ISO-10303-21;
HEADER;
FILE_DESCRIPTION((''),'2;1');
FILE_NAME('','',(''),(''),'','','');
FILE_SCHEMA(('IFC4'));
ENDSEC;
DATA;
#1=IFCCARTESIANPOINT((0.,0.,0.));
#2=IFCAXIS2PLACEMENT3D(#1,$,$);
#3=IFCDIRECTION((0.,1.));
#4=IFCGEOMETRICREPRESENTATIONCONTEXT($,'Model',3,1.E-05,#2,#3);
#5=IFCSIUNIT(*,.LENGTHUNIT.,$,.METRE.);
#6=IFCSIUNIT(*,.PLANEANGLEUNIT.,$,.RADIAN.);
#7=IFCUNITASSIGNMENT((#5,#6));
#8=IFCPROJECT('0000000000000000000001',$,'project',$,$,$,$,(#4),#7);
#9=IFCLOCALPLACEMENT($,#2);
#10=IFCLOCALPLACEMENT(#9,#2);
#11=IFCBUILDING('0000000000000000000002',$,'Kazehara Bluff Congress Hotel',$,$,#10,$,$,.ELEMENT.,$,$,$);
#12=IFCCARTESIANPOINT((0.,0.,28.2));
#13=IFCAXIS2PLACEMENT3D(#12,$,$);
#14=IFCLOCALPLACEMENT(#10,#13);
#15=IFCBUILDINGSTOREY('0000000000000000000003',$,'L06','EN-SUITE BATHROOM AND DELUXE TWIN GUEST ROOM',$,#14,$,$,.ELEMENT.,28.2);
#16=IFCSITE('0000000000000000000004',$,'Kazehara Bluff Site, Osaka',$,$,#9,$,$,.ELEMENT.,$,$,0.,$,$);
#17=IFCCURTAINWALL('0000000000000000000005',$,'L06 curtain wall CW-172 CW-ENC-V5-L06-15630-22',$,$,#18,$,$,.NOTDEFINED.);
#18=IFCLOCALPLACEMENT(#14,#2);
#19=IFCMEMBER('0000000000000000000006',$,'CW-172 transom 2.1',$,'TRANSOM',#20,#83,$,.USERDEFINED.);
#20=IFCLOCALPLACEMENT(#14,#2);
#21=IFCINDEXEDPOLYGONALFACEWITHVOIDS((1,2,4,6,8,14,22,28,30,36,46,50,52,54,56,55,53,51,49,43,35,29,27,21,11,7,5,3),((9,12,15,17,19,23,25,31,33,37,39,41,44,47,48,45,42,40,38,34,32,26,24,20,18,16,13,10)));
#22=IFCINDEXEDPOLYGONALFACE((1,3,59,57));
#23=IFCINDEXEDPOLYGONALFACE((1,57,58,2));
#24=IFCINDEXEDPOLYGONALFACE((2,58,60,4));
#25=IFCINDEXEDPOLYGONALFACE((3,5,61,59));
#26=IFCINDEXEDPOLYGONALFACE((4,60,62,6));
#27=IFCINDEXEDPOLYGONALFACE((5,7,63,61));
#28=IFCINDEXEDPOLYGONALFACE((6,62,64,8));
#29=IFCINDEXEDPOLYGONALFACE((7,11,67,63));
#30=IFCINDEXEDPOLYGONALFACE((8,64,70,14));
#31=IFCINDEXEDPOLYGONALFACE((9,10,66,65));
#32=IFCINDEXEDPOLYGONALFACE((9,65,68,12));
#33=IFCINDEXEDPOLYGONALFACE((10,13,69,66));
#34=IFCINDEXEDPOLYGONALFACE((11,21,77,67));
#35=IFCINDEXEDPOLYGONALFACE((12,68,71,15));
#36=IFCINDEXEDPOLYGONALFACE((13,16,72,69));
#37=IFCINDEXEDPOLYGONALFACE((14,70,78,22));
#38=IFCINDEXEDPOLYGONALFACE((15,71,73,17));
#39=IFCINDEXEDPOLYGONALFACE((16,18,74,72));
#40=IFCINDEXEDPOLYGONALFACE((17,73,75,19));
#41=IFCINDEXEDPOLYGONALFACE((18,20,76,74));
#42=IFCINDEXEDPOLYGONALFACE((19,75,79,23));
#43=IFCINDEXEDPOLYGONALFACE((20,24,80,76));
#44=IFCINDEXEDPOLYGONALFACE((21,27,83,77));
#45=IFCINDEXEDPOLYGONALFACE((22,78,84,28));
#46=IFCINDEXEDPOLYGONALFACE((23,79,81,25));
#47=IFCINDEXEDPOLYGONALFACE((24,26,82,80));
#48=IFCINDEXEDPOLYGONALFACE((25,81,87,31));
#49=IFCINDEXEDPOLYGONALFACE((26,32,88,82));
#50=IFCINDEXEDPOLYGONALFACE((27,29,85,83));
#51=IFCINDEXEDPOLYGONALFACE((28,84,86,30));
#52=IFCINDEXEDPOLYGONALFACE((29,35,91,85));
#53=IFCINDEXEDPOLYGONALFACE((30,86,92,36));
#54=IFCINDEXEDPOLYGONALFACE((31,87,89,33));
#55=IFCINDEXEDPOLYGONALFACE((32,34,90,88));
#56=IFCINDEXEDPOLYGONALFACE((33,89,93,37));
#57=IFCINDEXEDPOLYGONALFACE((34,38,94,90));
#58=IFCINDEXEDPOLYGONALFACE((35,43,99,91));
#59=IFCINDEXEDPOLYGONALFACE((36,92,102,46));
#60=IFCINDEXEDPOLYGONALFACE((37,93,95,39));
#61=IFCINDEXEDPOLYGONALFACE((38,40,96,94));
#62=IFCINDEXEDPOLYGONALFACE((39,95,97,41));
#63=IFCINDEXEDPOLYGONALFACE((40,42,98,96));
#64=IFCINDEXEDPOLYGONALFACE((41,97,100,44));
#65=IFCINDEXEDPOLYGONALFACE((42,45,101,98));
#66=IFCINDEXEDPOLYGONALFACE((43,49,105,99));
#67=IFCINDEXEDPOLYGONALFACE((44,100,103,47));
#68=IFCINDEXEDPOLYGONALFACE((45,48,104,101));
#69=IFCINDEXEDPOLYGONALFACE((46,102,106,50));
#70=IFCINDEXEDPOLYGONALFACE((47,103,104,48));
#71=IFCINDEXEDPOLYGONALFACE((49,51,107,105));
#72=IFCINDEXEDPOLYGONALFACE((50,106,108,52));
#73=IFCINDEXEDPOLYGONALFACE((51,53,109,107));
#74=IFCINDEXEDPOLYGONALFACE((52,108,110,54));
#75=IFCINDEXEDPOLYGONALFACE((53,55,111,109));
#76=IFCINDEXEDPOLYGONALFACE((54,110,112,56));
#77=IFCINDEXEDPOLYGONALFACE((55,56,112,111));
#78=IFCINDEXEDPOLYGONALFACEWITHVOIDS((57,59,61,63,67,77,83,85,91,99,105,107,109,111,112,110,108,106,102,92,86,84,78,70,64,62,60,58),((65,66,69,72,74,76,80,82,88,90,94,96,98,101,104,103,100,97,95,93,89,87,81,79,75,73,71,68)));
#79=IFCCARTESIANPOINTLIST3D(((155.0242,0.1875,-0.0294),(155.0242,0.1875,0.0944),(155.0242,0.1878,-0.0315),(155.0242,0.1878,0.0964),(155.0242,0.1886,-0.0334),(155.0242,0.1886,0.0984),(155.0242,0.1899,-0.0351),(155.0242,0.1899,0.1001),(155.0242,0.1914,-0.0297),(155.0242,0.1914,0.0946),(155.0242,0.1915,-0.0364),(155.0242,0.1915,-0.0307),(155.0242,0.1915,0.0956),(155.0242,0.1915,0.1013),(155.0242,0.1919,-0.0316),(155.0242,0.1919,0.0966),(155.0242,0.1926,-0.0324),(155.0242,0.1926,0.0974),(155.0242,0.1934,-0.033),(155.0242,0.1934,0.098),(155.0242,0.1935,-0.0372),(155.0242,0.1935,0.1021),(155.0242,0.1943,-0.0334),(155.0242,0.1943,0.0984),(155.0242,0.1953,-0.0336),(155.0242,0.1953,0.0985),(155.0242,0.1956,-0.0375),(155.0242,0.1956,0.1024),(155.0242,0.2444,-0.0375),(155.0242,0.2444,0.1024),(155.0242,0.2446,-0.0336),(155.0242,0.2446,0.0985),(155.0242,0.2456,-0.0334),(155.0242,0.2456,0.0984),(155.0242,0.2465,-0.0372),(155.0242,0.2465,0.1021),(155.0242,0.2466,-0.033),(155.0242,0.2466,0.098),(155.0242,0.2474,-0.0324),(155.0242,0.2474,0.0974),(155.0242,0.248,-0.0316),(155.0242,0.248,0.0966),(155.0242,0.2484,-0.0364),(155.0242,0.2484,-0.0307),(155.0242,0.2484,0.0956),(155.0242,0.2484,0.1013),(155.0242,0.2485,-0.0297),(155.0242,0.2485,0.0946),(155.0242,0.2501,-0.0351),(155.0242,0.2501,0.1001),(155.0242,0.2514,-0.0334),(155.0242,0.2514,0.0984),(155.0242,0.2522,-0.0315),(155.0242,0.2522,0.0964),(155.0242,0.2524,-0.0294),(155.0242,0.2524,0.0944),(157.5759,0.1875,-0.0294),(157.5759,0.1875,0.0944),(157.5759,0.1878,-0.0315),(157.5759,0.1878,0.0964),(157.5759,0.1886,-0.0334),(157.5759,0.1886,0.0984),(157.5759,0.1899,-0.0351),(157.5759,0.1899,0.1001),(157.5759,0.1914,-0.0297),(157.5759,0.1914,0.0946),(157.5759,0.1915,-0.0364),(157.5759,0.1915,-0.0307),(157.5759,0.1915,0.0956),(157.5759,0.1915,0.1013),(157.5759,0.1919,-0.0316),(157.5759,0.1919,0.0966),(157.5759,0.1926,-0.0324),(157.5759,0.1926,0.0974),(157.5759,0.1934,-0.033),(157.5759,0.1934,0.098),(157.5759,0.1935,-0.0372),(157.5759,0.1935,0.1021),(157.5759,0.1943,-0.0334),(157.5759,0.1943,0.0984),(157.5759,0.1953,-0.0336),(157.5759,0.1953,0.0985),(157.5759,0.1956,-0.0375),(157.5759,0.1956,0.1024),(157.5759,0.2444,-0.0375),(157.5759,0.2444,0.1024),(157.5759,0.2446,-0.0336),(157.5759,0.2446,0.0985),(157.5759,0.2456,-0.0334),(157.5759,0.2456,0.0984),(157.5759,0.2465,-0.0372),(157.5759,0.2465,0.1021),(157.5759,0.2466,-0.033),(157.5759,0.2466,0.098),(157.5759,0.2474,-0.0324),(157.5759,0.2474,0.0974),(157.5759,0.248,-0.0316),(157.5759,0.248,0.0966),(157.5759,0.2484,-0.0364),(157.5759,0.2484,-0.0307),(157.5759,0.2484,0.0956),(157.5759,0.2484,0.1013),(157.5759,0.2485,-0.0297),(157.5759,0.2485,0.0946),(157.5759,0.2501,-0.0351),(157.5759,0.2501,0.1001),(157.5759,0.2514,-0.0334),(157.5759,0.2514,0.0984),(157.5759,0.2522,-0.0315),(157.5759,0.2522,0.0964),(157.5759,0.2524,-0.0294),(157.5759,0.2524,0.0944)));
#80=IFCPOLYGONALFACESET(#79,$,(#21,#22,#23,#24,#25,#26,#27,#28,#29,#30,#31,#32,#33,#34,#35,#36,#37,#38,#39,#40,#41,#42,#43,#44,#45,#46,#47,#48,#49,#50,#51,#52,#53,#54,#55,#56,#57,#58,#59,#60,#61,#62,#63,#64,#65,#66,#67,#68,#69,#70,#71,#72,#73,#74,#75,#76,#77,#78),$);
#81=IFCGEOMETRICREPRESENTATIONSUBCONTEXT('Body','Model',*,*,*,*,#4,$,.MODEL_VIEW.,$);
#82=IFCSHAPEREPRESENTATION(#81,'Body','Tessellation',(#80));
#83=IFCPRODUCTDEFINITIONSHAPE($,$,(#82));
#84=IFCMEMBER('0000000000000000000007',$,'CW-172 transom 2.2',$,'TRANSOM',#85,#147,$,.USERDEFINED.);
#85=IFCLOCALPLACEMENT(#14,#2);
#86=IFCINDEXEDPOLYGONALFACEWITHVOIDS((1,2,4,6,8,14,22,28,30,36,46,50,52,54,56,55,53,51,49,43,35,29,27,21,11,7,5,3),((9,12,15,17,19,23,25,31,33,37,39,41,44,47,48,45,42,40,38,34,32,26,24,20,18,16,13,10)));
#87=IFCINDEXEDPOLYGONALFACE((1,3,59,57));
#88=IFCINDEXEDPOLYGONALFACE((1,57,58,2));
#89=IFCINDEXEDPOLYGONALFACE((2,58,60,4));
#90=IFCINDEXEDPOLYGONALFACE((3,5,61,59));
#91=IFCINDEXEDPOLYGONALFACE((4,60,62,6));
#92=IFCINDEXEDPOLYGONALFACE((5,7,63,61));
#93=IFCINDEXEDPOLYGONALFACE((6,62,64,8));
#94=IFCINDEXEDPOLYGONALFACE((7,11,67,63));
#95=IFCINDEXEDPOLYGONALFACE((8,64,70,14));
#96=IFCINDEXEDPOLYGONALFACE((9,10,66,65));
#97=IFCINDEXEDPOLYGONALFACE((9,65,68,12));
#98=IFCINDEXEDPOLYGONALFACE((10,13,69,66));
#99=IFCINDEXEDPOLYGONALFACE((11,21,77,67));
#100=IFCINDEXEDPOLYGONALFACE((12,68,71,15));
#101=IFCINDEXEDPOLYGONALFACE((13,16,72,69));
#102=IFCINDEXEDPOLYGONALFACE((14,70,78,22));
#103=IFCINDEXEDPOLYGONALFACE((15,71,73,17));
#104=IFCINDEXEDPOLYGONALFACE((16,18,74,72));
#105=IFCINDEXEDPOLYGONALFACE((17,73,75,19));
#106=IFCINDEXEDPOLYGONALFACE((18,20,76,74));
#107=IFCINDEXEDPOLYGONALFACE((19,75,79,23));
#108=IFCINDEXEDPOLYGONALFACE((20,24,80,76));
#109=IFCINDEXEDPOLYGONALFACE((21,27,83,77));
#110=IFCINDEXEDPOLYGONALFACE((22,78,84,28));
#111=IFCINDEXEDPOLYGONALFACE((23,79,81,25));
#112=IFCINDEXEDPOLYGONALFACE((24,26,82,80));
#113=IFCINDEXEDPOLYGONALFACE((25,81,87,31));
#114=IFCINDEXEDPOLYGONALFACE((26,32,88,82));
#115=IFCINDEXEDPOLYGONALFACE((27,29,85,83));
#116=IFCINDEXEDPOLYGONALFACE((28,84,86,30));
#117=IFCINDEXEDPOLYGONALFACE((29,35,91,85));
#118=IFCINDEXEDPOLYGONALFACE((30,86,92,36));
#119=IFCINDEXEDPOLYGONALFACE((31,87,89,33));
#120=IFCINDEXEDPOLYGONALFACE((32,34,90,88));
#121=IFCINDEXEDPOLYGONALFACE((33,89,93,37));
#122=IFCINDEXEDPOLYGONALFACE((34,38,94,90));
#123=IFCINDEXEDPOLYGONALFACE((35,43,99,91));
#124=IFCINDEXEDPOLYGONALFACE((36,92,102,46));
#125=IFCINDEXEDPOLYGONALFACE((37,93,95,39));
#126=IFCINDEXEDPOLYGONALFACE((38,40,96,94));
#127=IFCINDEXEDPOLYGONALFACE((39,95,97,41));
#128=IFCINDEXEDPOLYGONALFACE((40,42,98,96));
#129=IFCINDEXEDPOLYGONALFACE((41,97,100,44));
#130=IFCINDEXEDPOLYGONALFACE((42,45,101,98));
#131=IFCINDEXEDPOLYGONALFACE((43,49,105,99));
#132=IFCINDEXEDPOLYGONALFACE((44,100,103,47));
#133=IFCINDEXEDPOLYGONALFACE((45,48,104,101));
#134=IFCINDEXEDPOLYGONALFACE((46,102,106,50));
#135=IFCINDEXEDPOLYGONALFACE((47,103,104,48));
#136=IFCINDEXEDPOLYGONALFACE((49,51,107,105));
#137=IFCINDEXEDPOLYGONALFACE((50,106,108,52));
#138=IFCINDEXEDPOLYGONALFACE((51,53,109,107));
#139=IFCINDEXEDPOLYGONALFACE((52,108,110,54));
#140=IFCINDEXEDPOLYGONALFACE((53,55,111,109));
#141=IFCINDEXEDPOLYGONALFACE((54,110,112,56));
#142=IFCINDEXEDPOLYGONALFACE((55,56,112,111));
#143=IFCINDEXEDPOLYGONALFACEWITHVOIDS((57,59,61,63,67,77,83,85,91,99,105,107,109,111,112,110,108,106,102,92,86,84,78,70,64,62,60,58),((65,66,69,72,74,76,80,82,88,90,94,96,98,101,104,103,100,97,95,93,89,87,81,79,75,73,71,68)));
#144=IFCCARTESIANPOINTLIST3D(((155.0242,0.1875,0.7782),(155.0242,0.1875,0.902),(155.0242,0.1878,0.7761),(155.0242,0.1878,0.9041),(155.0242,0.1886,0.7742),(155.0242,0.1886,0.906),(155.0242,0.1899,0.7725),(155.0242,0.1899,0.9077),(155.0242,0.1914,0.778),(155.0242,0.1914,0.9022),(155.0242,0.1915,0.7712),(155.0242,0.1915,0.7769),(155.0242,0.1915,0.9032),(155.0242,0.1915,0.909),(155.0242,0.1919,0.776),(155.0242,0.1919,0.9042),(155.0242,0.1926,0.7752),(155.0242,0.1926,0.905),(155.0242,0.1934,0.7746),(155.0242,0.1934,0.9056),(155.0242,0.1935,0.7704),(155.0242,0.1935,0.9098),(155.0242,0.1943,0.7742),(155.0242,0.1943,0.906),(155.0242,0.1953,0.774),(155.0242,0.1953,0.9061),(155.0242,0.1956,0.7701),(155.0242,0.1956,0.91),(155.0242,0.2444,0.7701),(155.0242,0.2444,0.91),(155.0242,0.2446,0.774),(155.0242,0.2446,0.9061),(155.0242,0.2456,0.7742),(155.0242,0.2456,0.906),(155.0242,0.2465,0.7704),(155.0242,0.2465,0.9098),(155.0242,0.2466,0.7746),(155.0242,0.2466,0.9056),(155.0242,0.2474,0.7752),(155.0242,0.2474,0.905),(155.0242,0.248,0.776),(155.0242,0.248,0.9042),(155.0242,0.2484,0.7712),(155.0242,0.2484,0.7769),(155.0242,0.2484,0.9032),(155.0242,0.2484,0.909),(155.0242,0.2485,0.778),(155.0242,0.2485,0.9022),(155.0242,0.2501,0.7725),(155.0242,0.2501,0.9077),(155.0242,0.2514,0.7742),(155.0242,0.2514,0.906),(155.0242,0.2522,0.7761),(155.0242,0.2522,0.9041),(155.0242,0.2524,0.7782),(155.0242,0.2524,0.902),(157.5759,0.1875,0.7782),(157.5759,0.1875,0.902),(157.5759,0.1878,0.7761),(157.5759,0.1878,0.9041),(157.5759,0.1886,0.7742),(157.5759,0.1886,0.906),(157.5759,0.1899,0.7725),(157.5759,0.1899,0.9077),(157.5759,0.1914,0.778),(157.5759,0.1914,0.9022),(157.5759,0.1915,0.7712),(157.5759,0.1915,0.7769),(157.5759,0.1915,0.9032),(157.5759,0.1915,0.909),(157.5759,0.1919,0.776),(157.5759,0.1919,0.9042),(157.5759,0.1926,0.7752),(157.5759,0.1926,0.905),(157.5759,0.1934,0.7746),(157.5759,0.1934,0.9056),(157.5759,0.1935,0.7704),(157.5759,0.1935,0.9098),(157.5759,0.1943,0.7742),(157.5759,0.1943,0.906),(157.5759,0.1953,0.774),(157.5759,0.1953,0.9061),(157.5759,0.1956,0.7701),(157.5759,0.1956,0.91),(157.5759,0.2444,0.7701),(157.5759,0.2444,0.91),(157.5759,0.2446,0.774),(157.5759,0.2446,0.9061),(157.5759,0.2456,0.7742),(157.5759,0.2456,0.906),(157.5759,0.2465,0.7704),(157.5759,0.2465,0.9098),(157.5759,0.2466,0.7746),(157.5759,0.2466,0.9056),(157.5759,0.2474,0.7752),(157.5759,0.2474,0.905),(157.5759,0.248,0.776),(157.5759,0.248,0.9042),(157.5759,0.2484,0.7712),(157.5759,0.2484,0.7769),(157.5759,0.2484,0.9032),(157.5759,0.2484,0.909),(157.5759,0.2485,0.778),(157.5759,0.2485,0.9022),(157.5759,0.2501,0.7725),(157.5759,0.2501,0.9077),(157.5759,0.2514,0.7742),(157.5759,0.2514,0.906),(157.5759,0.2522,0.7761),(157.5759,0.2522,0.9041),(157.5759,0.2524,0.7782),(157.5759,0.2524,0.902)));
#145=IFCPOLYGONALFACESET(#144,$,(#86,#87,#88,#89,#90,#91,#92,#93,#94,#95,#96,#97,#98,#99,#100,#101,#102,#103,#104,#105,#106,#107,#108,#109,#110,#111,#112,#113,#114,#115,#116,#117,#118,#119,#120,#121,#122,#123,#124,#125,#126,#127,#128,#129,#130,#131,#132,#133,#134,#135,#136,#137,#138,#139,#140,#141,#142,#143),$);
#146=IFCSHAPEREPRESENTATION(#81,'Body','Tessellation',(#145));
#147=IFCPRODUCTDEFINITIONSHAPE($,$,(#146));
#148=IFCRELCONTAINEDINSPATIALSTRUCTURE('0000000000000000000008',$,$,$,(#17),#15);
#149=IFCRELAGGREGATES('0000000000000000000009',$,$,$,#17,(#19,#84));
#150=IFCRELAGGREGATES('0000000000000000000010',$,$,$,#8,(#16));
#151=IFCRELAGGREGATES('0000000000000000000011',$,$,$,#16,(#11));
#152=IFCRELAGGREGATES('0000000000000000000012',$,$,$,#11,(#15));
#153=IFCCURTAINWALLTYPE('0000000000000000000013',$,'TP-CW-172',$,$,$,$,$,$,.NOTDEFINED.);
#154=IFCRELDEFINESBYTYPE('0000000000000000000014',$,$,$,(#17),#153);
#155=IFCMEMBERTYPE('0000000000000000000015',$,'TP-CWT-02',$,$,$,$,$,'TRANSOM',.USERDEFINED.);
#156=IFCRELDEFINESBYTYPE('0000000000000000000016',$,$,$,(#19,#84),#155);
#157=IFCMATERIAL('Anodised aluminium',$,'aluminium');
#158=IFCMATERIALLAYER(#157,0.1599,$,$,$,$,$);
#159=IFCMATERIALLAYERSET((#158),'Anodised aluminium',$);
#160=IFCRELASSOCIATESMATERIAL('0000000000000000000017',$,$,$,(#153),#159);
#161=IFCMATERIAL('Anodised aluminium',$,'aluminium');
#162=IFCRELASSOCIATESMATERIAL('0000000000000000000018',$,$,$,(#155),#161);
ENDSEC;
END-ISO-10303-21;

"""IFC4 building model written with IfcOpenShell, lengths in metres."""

from ifc_helpers import new_model, si_unit, direction, frame, origin, origin_2d, place, context, subcontext, project, spatial, hollow_rectangle, extrude, material, layer, layer_set, material_profile, profile_set, type_object, element, aggregate, save


model = new_model("IFC4")

# Units and contexts
model_context = context("Model", 3, precision=1e-05, world=origin(), true_north=direction((0.0, 1.0)))
body_context = subcontext(model_context, "Body", "Model", "MODEL_VIEW")
ifc_project = project(units=[si_unit("LENGTHUNIT", "METRE"), si_unit("PLANEANGLEUNIT", "RADIAN")], contexts=[model_context])

# Site, building, storey
site_placement = place(None, origin())
site = spatial("IfcSite", under=ifc_project, at=site_placement, Name="Kazehara Bluff Site, Osaka", CompositionType="ELEMENT", RefElevation=0.0)
building_placement = place(site_placement, origin())
building = spatial("IfcBuilding", under=site, at=building_placement, Name="Kazehara Bluff Congress Hotel", CompositionType="ELEMENT")
storey_placement = place(building_placement, frame((0.0, 0.0, 28.2)))
storey = spatial("IfcBuildingStorey", under=building, at=storey_placement, Name="L06", Description="EN-SUITE BATHROOM AND DELUXE TWIN GUEST ROOM", CompositionType="ELEMENT", Elevation=28.2)

# Curtain wall, members
ifc_material_1 = material(Name="Anodised aluminium", Category="aluminium")
ifc_layer_1 = layer(ifc_material_1, 0.1599)
ifc_layer_set_1 = layer_set([ifc_layer_1], Name="Anodised aluminium")
curtain_wall_type = type_object("IfcCurtainWallType", Name="TP-CW-172", PredefinedType="NOTDEFINED", material=ifc_layer_set_1)
curtain_wall_placement = place(storey_placement, origin())
curtain_wall = element("IfcCurtainWall", 1, at=curtain_wall_placement, inside=storey, type_object=curtain_wall_type, Name="L06 curtain wall CW-172 CW-ENC-V5-L06-15630-22", PredefinedType="NOTDEFINED")
ifc_material_2 = material(Name="Anodised aluminium", Category="aluminium")
ifc_material_profile_1 = material_profile(ifc_material_2, hollow_rectangle(XDim=0.0649, YDim=0.1399, WallThickness=0.0039, InnerFilletRadius=0.0039, OuterFilletRadius=0.0081, at=origin_2d()))
ifc_profile_set_1 = profile_set([ifc_material_profile_1], Name="Anodised aluminium")
member_type_1 = type_object("IfcMemberType", Name="TP-CWT-02", ElementType="TRANSOM", PredefinedType="USERDEFINED", material=ifc_profile_set_1)
member_1_placement = place(storey_placement, frame((157.5759, 0.22, 0.0325), z_axis=(-1.0, 0.0, 0.0), x_axis=(0.0, -1.0, 0.0)))
member_1 = element("IfcMember", 2, at=member_1_placement, type_object=member_type_1, Name="CW-172 transom 2.1", ObjectType="TRANSOM", PredefinedType="USERDEFINED", context=body_context, shape_type="SweptSolid", body=[
    extrude(hollow_rectangle(XDim=0.0649, YDim=0.1399, WallThickness=0.0039, InnerFilletRadius=0.0039, OuterFilletRadius=0.0081, at=origin_2d()), origin(), (0.0, 0.0, 1.0), 2.5518),
])
member_2_placement = place(storey_placement, frame((157.5759, 0.22, 0.8401), z_axis=(-1.0, 0.0, 0.0), x_axis=(0.0, -1.0, 0.0)))
member_2 = element("IfcMember", 3, at=member_2_placement, type_object=member_type_1, Name="CW-172 transom 2.2", ObjectType="TRANSOM", PredefinedType="USERDEFINED", context=body_context, shape_type="SweptSolid", body=[
    extrude(hollow_rectangle(XDim=0.0649, YDim=0.1399, WallThickness=0.0039, InnerFilletRadius=0.0039, OuterFilletRadius=0.0081, at=origin_2d()), origin(), (0.0, 0.0, 1.0), 2.5518),
])
aggregate(curtain_wall, [member_1, member_2])

save(model, "model.ifc")
